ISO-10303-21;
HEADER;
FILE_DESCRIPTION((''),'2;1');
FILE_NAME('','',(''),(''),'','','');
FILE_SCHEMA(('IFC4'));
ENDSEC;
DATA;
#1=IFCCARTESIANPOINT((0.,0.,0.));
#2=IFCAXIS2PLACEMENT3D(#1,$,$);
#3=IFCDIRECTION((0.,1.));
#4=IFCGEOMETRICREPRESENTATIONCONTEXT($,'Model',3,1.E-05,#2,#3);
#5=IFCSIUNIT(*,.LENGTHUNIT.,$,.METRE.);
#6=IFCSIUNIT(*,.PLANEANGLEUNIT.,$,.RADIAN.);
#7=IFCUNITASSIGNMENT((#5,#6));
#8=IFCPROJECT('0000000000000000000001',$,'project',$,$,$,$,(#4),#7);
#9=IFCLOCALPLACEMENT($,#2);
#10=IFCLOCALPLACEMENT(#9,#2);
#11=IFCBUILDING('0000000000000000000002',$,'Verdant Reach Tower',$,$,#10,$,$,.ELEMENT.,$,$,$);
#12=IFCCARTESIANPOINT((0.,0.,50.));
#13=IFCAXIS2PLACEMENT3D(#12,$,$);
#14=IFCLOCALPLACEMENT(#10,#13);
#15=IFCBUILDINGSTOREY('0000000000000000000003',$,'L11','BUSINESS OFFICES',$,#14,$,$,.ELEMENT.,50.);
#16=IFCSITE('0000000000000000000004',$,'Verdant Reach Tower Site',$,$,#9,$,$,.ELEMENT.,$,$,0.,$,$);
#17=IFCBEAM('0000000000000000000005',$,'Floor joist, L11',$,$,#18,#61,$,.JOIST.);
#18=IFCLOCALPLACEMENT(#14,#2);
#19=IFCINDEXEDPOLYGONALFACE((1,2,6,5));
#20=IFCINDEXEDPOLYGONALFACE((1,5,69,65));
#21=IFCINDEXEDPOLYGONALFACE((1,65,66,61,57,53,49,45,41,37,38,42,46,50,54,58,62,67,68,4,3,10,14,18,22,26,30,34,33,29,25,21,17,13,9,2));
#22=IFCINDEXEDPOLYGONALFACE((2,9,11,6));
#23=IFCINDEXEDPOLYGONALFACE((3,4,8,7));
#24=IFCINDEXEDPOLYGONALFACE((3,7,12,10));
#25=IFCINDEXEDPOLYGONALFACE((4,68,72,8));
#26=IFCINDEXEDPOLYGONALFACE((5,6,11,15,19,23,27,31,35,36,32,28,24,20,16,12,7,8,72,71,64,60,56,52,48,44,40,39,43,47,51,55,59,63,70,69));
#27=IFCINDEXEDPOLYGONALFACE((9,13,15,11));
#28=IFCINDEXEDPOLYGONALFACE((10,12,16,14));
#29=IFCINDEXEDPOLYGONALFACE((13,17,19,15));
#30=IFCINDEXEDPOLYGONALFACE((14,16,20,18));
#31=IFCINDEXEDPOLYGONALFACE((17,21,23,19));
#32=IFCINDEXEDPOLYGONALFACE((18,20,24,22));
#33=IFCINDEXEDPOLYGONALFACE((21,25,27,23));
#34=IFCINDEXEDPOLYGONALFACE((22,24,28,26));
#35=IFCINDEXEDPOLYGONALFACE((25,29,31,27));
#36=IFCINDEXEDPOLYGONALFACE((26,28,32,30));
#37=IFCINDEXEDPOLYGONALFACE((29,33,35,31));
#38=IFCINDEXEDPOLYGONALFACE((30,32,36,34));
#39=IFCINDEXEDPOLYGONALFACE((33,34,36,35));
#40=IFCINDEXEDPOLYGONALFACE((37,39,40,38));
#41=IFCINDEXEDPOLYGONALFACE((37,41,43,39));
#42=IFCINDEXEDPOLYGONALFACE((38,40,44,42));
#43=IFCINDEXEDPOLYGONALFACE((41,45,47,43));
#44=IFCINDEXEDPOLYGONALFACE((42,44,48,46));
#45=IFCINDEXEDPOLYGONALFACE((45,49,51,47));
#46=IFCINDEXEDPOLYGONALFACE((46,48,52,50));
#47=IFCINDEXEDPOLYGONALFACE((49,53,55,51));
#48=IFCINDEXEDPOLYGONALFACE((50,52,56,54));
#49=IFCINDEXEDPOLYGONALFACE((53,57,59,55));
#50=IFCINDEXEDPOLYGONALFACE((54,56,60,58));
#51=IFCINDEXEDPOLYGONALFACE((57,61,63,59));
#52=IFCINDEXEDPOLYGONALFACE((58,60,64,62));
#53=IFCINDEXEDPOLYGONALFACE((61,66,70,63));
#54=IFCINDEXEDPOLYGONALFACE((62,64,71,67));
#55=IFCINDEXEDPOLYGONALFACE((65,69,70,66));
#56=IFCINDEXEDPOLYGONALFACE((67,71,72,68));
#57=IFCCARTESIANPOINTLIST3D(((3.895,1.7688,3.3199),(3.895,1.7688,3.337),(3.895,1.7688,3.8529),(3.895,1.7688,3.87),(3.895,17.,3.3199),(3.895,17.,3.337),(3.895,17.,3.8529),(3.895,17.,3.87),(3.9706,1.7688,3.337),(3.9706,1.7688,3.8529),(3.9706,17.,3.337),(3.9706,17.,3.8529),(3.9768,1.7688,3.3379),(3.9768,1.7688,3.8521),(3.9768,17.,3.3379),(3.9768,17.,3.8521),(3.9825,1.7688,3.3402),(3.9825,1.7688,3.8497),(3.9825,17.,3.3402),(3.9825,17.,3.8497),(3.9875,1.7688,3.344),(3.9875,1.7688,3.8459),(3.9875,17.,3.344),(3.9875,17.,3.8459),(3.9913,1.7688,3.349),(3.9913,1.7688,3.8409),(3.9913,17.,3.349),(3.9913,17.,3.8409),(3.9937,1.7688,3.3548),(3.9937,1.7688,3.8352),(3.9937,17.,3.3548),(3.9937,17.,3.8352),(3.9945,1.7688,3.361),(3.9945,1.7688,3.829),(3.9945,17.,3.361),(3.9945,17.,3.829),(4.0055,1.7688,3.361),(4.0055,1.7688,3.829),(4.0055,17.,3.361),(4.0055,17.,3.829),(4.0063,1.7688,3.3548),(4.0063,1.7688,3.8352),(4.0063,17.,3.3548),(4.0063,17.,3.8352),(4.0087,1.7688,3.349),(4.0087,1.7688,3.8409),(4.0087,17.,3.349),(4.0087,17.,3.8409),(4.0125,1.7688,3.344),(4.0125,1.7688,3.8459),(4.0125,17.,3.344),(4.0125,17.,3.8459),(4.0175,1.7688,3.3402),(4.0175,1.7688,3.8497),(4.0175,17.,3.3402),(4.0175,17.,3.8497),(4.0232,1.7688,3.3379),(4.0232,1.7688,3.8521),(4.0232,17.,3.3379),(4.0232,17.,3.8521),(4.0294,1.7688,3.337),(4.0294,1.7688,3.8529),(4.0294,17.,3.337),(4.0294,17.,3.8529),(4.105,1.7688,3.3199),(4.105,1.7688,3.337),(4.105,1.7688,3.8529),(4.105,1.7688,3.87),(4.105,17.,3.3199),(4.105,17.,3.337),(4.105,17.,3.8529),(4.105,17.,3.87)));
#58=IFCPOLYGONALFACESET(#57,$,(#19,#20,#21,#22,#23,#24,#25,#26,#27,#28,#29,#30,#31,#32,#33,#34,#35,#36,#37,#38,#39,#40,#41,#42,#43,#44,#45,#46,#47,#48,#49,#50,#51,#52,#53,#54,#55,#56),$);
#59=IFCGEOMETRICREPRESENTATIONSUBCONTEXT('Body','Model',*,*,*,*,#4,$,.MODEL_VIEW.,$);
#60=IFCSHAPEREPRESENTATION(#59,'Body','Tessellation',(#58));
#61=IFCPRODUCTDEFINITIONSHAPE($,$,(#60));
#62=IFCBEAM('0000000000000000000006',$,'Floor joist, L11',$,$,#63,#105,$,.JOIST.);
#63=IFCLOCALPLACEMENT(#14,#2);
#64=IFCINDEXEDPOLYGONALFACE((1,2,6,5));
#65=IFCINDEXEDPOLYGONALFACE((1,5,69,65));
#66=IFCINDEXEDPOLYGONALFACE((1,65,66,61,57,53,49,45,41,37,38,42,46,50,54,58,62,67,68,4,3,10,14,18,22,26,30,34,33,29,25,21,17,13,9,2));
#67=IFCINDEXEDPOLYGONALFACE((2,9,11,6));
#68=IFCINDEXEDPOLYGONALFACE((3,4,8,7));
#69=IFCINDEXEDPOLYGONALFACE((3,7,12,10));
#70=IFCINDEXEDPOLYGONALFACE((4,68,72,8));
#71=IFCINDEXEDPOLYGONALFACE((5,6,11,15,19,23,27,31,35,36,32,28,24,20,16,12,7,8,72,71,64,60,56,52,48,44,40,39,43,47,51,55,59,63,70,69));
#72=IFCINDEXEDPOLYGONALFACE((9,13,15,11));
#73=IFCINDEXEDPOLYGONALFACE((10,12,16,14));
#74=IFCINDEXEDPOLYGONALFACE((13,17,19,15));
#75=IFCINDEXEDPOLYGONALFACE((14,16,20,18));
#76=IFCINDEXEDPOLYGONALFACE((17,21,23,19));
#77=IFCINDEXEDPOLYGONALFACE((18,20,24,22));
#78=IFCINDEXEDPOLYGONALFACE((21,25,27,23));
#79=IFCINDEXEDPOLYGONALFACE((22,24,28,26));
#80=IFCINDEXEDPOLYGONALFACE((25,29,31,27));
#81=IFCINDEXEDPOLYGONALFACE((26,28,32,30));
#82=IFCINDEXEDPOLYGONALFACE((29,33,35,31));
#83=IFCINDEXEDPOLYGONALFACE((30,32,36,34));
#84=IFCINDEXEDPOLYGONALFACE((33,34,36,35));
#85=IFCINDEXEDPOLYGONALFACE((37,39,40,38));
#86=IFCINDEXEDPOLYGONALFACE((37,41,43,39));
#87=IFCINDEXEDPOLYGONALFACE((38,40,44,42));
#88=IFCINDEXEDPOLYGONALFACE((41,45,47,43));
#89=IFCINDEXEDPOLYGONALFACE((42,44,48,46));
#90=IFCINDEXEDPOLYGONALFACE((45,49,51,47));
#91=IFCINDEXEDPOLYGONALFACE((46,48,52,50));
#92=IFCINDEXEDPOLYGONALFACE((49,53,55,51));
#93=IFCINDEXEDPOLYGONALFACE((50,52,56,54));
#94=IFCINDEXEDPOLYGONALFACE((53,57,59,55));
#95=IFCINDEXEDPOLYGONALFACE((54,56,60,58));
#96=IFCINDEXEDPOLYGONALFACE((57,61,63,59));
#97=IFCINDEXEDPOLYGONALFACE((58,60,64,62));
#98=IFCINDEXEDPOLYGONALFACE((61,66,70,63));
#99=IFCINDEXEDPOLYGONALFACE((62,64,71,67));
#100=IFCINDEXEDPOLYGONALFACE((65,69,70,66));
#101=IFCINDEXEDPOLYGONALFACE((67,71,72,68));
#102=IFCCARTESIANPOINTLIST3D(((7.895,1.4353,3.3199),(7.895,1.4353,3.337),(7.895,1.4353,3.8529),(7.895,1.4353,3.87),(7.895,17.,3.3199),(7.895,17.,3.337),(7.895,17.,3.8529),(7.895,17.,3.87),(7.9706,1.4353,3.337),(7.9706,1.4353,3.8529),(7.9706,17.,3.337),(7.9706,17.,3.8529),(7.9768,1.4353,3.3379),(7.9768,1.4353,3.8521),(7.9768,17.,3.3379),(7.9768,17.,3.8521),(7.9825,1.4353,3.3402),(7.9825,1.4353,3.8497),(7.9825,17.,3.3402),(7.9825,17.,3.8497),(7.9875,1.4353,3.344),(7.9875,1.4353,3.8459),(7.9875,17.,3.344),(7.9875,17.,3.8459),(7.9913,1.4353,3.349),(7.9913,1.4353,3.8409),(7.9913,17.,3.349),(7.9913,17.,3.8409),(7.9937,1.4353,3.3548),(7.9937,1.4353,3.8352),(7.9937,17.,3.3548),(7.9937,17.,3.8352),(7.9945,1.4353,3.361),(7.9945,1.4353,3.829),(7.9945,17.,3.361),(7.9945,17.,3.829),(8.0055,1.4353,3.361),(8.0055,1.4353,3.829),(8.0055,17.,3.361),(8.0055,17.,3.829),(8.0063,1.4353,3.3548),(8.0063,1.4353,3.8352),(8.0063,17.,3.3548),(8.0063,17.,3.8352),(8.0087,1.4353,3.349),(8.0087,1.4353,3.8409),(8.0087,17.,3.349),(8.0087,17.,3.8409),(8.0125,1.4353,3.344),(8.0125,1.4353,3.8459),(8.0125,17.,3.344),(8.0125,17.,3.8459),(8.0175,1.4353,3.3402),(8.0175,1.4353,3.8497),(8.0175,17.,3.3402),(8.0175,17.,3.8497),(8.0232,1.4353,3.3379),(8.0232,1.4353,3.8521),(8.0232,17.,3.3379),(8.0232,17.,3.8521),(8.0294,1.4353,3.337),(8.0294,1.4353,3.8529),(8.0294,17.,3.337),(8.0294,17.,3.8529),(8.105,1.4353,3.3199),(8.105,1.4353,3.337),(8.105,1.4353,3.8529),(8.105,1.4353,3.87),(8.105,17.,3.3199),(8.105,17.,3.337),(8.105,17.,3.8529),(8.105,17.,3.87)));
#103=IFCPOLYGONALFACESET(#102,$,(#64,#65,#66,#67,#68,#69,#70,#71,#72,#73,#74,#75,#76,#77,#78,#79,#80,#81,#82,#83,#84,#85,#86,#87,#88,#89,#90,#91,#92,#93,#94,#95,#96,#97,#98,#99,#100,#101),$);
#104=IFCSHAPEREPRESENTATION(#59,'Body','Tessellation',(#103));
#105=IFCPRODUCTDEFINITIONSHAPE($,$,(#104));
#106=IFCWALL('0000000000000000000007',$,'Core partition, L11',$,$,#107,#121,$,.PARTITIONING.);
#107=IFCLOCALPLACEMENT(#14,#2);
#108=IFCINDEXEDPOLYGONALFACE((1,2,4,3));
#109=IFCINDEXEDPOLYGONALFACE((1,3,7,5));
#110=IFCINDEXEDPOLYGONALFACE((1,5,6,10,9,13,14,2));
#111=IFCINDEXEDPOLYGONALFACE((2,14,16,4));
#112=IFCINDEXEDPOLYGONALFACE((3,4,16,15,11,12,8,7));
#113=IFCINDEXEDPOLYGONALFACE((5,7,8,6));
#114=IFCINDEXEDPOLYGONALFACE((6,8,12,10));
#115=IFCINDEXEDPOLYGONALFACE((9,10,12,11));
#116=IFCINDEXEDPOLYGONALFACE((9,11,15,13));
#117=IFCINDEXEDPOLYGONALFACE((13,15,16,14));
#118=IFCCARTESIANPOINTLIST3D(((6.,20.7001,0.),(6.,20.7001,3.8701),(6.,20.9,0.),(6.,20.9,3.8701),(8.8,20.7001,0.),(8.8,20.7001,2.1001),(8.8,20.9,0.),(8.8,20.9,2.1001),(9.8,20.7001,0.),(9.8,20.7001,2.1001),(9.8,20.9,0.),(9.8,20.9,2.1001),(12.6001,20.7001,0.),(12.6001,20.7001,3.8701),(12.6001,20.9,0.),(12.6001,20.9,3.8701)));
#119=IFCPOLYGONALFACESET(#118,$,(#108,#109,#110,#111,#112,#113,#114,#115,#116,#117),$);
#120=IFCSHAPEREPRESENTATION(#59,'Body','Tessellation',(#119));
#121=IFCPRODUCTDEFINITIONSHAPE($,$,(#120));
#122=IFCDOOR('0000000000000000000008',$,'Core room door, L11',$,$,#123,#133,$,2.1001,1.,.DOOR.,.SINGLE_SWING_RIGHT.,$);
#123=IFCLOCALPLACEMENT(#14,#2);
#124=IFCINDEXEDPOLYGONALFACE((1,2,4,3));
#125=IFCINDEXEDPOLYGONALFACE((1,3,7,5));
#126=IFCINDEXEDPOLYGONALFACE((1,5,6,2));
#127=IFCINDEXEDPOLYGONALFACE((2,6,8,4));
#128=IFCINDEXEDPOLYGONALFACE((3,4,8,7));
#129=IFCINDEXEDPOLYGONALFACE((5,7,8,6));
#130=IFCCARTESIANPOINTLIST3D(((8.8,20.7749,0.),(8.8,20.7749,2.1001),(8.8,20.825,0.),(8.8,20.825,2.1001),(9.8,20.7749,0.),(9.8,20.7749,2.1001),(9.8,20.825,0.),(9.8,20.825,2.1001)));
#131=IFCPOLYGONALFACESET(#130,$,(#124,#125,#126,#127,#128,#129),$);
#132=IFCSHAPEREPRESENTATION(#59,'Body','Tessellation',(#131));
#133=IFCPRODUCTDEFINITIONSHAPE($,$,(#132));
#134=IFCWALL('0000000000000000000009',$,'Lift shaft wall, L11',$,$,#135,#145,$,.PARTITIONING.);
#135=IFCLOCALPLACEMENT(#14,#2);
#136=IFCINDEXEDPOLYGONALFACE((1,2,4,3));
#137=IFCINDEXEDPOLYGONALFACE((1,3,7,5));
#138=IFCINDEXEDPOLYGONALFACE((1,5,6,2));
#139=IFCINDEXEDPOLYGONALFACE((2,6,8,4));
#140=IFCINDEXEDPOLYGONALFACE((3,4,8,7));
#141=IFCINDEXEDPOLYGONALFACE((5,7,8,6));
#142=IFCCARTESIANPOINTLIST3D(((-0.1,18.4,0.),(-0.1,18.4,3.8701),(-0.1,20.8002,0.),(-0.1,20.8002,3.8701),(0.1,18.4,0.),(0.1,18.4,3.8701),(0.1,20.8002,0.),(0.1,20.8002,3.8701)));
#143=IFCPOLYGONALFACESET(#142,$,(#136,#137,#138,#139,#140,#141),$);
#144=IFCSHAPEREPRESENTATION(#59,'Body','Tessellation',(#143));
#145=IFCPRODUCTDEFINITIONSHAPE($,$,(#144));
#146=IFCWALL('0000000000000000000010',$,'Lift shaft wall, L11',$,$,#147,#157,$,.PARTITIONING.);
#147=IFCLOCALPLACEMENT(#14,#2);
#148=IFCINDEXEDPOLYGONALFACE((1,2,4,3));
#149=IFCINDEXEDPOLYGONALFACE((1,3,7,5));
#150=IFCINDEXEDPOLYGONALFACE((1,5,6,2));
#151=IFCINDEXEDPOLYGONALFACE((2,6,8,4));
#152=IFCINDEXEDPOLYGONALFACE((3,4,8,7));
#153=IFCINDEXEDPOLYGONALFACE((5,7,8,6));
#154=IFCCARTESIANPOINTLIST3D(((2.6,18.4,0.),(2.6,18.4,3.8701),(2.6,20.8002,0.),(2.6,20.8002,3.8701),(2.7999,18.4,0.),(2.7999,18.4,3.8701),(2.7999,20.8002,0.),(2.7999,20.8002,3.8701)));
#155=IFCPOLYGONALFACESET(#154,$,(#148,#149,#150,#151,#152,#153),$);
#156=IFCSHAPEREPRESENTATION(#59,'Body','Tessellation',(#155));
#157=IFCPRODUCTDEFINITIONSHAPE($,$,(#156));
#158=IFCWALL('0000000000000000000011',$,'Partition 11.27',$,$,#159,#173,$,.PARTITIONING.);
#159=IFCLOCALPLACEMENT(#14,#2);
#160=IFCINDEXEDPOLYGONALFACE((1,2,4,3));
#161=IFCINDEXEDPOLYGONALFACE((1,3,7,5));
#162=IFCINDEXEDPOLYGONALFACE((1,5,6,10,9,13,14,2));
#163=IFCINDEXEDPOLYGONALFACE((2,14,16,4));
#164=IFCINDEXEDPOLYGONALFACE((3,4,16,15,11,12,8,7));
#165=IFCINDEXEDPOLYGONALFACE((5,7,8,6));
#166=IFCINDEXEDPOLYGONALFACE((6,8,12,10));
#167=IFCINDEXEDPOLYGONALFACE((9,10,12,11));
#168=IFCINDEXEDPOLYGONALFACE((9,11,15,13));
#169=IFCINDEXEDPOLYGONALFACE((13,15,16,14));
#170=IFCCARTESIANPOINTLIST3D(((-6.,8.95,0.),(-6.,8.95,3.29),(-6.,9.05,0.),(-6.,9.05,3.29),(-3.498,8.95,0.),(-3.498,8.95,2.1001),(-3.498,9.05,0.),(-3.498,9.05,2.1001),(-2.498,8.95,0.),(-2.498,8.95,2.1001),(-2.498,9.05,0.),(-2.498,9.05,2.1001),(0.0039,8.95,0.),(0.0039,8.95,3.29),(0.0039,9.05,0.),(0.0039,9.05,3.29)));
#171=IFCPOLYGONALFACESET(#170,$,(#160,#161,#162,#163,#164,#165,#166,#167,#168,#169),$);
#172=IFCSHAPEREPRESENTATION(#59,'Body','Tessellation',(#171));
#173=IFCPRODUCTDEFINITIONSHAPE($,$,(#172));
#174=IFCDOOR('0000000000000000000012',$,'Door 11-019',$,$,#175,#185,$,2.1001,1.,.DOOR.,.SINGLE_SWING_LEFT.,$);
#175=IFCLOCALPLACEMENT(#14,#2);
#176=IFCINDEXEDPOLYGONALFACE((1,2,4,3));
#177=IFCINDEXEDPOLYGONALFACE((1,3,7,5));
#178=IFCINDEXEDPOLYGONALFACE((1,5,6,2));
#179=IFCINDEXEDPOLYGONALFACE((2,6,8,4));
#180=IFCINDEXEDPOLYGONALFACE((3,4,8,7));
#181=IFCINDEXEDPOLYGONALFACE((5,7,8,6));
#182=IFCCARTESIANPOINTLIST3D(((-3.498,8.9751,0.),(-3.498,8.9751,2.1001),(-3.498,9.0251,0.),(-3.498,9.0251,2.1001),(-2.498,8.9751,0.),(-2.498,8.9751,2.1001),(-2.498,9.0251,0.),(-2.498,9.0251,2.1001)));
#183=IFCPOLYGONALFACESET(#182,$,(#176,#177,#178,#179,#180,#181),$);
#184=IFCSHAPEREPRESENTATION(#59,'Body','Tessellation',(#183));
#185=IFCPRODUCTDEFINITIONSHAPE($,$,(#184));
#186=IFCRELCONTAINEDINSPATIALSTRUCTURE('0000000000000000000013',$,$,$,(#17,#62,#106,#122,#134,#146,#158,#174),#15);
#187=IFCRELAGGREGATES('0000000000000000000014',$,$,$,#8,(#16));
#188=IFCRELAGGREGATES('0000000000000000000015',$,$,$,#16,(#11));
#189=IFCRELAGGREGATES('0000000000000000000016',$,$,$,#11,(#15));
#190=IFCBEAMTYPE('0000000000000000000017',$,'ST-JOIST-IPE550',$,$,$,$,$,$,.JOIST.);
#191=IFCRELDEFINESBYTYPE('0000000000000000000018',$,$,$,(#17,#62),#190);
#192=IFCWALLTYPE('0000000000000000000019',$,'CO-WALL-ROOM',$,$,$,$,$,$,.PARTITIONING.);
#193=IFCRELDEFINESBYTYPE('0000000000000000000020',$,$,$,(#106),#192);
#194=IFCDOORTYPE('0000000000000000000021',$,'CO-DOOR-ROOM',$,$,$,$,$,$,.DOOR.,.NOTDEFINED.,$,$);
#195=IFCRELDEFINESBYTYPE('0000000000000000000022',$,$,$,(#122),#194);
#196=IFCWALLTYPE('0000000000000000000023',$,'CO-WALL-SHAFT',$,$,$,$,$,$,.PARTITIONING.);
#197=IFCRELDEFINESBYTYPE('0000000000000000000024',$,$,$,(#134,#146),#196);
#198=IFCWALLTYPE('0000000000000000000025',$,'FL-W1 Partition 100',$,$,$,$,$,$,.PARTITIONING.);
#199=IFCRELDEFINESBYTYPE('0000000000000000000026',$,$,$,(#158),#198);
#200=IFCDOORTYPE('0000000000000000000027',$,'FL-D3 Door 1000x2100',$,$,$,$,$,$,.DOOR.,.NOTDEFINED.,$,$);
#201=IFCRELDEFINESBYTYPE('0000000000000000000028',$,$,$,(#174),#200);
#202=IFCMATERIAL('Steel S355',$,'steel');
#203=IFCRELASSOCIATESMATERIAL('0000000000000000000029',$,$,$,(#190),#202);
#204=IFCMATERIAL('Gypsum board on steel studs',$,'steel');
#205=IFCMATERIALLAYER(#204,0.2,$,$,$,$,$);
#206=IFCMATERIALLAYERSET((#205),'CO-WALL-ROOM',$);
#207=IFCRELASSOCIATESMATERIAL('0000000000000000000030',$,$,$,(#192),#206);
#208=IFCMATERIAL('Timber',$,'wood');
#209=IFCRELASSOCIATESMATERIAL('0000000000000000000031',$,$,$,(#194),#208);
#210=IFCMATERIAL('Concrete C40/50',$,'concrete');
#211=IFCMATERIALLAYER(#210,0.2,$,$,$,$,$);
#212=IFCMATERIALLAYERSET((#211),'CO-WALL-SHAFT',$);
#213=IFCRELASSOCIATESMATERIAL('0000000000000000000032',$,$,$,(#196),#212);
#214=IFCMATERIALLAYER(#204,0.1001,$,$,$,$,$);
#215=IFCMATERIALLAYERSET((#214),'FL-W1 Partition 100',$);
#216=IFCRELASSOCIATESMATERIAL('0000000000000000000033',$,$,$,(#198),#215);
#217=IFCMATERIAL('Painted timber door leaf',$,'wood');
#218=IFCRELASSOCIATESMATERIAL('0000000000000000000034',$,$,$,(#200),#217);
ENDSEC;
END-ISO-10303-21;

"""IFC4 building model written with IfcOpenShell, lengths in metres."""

from ifc_helpers import new_model, si_unit, direction, frame, frame_2d, origin, origin_2d, place, context, subcontext, project, spatial, rectangle, i_section, extrude, material, layer, layer_set, material_profile, profile_set, type_object, element, fill, save


model = new_model("IFC4")

# Units and contexts
model_context = context("Model", 3, precision=1e-05, world=origin(), true_north=direction((0.0, 1.0)))
body_context = subcontext(model_context, "Body", "Model", "MODEL_VIEW")
ifc_project = project(units=[si_unit("LENGTHUNIT", "METRE"), si_unit("PLANEANGLEUNIT", "RADIAN")], contexts=[model_context])

# Site, building, storey
site_placement = place(None, origin())
site = spatial("IfcSite", under=ifc_project, at=site_placement, Name="Verdant Reach Tower Site", CompositionType="ELEMENT", RefElevation=0.0)
building_placement = place(site_placement, origin())
building = spatial("IfcBuilding", under=site, at=building_placement, Name="Verdant Reach Tower", CompositionType="ELEMENT")
storey_placement = place(building_placement, frame((0.0, 0.0, 50.0)))
storey = spatial("IfcBuildingStorey", under=building, at=storey_placement, Name="L11", Description="BUSINESS OFFICES", CompositionType="ELEMENT", Elevation=50.0)

# Beams
ifc_material_1 = material(Name="Steel S355", Category="steel")
ifc_material_profile = material_profile(ifc_material_1, i_section(OverallWidth=0.21, OverallDepth=0.55, WebThickness=0.011, FlangeThickness=0.0171, FilletRadius=0.0239, at=origin_2d()), Name="IPE 550")
ifc_profile_set = profile_set([ifc_material_profile], Name="Steel S355")
beam_type = type_object("IfcBeamType", Name="ST-JOIST-IPE550", PredefinedType="JOIST", material=ifc_profile_set)
beam_1_placement = place(storey_placement, frame((4.0, 17.0, 3.595), z_axis=(0.0, -1.0, 0.0), x_axis=(1.0, 0.0, 0.0)))
element("IfcBeam", 1, at=beam_1_placement, inside=storey, type_object=beam_type, Name="Floor joist, L11", PredefinedType="JOIST", context=body_context, shape_type="SweptSolid", body=[
    extrude(i_section(OverallWidth=0.21, OverallDepth=0.55, WebThickness=0.011, FlangeThickness=0.0171, FilletRadius=0.0239, at=origin_2d()), origin(), (0.0, 0.0, 1.0), 15.2312),
])
beam_2_placement = place(storey_placement, frame((8.0, 17.0, 3.595), z_axis=(0.0, -1.0, 0.0), x_axis=(1.0, 0.0, 0.0)))
element("IfcBeam", 2, at=beam_2_placement, inside=storey, type_object=beam_type, Name="Floor joist, L11", PredefinedType="JOIST", context=body_context, shape_type="SweptSolid", body=[
    extrude(i_section(OverallWidth=0.21, OverallDepth=0.55, WebThickness=0.011, FlangeThickness=0.0171, FilletRadius=0.0239, at=origin_2d()), origin(), (0.0, 0.0, 1.0), 15.5647),
])

# Wall, opening, door
ifc_material_2 = material(Name="Gypsum board on steel studs", Category="steel")
ifc_layer_1 = layer(ifc_material_2, 0.2)
ifc_layer_set_1 = layer_set([ifc_layer_1], Name="CO-WALL-ROOM")
wall_type_1 = type_object("IfcWallType", Name="CO-WALL-ROOM", PredefinedType="PARTITIONING", material=ifc_layer_set_1)
wall_1_placement = place(storey_placement, frame((6.0, 20.8, 0.0), z_axis=(0.0, 0.0, 1.0), x_axis=(1.0, 0.0, 0.0)))
wall_1 = element("IfcWall", 3, at=wall_1_placement, inside=storey, type_object=wall_type_1, Name="Core partition, L11", PredefinedType="PARTITIONING", context=body_context, shape_type="SweptSolid", body=[
    extrude(rectangle(XDim=6.6001, YDim=0.2, at=frame_2d((3.3, 0.0))), origin(), (0.0, 0.0, 1.0), 3.8701),
])
opening_1_placement = place(wall_1_placement, frame((2.8, 0.0, 0.0)))
opening_1 = element("IfcOpeningElement", 4, at=opening_1_placement, cuts=wall_1, PredefinedType="OPENING", context=body_context, shape_type="SweptSolid", body=[
    extrude(rectangle(XDim=1.0, YDim=2.1001, at=frame_2d((0.5, 1.05))), frame((0.0, 0.1099, 0.0), z_axis=(0.0, -1.0, 0.0), x_axis=(1.0, 0.0, 0.0)), (0.0, 0.0, 1.0), 0.22),
])
ifc_material_3 = material(Name="Timber", Category="wood")
door_type_1 = type_object("IfcDoorType", Name="CO-DOOR-ROOM", OperationType="NOTDEFINED", PredefinedType="DOOR", material=ifc_material_3)
door_1_placement = place(opening_1_placement, origin())
door_1 = element("IfcDoor", 5, at=door_1_placement, inside=storey, type_object=door_type_1, Name="Core room door, L11", OperationType="SINGLE_SWING_RIGHT", OverallHeight=2.1001, OverallWidth=1.0, PredefinedType="DOOR", context=body_context, shape_type="SweptSolid", body=[
    extrude(rectangle(XDim=1.0, YDim=2.1001, at=frame_2d((0.5, 1.05))), frame((0.0, 0.0249, 0.0), z_axis=(0.0, -1.0, 0.0), x_axis=(1.0, 0.0, 0.0)), (0.0, 0.0, 1.0), 0.05),
])
fill(opening_1, door_1)

# Walls
ifc_material_4 = material(Name="Concrete C40/50", Category="concrete")
ifc_layer_2 = layer(ifc_material_4, 0.2)
ifc_layer_set_2 = layer_set([ifc_layer_2], Name="CO-WALL-SHAFT")
wall_type_2 = type_object("IfcWallType", Name="CO-WALL-SHAFT", PredefinedType="PARTITIONING", material=ifc_layer_set_2)
for number, where, z_axis, x_axis, name in (
    (6, (0.0, 18.3999, 0.0), (0.0, 0.0, 1.0), (0.0, 1.0, 0.0), "Lift shaft wall, L11"),
    (7, (2.7, 18.3999, 0.0), (0.0, 0.0, 1.0), (0.0, 1.0, 0.0), "Lift shaft wall, L11"),
):
    element("IfcWall", number, at=place(storey_placement, frame(where, z_axis=z_axis, x_axis=x_axis)), inside=storey, type_object=wall_type_2, Name=name, PredefinedType="PARTITIONING", context=body_context, shape_type="SweptSolid", body=[
        extrude(rectangle(XDim=2.4001, YDim=0.2, at=frame_2d((1.2002, 0.0))), origin(), (0.0, 0.0, 1.0), 3.8701),
    ])

# Wall, opening, door
ifc_layer_3 = layer(ifc_material_2, 0.1001)
ifc_layer_set_3 = layer_set([ifc_layer_3], Name="FL-W1 Partition 100")
wall_type_3 = type_object("IfcWallType", Name="FL-W1 Partition 100", PredefinedType="PARTITIONING", material=ifc_layer_set_3)
wall_2_placement = place(storey_placement, frame((0.0039, 9.0, 0.0), z_axis=(0.0, 0.0, 1.0), x_axis=(-1.0, 0.0, 0.0)))
wall_2 = element("IfcWall", 8, at=wall_2_placement, inside=storey, type_object=wall_type_3, Name="Partition 11.27", PredefinedType="PARTITIONING", context=body_context, shape_type="SweptSolid", body=[
    extrude(rectangle(XDim=6.0039, YDim=0.1001, at=frame_2d((3.002, 0.0))), origin(), (0.0, 0.0, 1.0), 3.29),
])
opening_2_placement = place(wall_2_placement, frame((2.502, 0.0, 0.0)))
opening_2 = element("IfcOpeningElement", 9, at=opening_2_placement, cuts=wall_2, PredefinedType="OPENING", context=body_context, shape_type="SweptSolid", body=[
    extrude(rectangle(XDim=1.0, YDim=2.1001, at=frame_2d((0.5, 1.05))), frame((0.0, 0.0601, 0.0), z_axis=(0.0, -1.0, 0.0), x_axis=(1.0, 0.0, 0.0)), (0.0, 0.0, 1.0), 0.1201),
])
ifc_material_5 = material(Name="Painted timber door leaf", Category="wood")
door_type_2 = type_object("IfcDoorType", Name="FL-D3 Door 1000x2100", OperationType="NOTDEFINED", PredefinedType="DOOR", material=ifc_material_5)
door_2_placement = place(opening_2_placement, origin())
door_2 = element("IfcDoor", 10, at=door_2_placement, inside=storey, type_object=door_type_2, Name="Door 11-019", OperationType="SINGLE_SWING_LEFT", OverallHeight=2.1001, OverallWidth=1.0, PredefinedType="DOOR", context=body_context, shape_type="SweptSolid", body=[
    extrude(rectangle(XDim=1.0, YDim=2.1001, at=frame_2d((0.5, 1.05))), frame((0.0, 0.0249, 0.0), z_axis=(0.0, -1.0, 0.0), x_axis=(1.0, 0.0, 0.0)), (0.0, 0.0, 1.0), 0.05),
])
fill(opening_2, door_2)

save(model, "model.ifc")
